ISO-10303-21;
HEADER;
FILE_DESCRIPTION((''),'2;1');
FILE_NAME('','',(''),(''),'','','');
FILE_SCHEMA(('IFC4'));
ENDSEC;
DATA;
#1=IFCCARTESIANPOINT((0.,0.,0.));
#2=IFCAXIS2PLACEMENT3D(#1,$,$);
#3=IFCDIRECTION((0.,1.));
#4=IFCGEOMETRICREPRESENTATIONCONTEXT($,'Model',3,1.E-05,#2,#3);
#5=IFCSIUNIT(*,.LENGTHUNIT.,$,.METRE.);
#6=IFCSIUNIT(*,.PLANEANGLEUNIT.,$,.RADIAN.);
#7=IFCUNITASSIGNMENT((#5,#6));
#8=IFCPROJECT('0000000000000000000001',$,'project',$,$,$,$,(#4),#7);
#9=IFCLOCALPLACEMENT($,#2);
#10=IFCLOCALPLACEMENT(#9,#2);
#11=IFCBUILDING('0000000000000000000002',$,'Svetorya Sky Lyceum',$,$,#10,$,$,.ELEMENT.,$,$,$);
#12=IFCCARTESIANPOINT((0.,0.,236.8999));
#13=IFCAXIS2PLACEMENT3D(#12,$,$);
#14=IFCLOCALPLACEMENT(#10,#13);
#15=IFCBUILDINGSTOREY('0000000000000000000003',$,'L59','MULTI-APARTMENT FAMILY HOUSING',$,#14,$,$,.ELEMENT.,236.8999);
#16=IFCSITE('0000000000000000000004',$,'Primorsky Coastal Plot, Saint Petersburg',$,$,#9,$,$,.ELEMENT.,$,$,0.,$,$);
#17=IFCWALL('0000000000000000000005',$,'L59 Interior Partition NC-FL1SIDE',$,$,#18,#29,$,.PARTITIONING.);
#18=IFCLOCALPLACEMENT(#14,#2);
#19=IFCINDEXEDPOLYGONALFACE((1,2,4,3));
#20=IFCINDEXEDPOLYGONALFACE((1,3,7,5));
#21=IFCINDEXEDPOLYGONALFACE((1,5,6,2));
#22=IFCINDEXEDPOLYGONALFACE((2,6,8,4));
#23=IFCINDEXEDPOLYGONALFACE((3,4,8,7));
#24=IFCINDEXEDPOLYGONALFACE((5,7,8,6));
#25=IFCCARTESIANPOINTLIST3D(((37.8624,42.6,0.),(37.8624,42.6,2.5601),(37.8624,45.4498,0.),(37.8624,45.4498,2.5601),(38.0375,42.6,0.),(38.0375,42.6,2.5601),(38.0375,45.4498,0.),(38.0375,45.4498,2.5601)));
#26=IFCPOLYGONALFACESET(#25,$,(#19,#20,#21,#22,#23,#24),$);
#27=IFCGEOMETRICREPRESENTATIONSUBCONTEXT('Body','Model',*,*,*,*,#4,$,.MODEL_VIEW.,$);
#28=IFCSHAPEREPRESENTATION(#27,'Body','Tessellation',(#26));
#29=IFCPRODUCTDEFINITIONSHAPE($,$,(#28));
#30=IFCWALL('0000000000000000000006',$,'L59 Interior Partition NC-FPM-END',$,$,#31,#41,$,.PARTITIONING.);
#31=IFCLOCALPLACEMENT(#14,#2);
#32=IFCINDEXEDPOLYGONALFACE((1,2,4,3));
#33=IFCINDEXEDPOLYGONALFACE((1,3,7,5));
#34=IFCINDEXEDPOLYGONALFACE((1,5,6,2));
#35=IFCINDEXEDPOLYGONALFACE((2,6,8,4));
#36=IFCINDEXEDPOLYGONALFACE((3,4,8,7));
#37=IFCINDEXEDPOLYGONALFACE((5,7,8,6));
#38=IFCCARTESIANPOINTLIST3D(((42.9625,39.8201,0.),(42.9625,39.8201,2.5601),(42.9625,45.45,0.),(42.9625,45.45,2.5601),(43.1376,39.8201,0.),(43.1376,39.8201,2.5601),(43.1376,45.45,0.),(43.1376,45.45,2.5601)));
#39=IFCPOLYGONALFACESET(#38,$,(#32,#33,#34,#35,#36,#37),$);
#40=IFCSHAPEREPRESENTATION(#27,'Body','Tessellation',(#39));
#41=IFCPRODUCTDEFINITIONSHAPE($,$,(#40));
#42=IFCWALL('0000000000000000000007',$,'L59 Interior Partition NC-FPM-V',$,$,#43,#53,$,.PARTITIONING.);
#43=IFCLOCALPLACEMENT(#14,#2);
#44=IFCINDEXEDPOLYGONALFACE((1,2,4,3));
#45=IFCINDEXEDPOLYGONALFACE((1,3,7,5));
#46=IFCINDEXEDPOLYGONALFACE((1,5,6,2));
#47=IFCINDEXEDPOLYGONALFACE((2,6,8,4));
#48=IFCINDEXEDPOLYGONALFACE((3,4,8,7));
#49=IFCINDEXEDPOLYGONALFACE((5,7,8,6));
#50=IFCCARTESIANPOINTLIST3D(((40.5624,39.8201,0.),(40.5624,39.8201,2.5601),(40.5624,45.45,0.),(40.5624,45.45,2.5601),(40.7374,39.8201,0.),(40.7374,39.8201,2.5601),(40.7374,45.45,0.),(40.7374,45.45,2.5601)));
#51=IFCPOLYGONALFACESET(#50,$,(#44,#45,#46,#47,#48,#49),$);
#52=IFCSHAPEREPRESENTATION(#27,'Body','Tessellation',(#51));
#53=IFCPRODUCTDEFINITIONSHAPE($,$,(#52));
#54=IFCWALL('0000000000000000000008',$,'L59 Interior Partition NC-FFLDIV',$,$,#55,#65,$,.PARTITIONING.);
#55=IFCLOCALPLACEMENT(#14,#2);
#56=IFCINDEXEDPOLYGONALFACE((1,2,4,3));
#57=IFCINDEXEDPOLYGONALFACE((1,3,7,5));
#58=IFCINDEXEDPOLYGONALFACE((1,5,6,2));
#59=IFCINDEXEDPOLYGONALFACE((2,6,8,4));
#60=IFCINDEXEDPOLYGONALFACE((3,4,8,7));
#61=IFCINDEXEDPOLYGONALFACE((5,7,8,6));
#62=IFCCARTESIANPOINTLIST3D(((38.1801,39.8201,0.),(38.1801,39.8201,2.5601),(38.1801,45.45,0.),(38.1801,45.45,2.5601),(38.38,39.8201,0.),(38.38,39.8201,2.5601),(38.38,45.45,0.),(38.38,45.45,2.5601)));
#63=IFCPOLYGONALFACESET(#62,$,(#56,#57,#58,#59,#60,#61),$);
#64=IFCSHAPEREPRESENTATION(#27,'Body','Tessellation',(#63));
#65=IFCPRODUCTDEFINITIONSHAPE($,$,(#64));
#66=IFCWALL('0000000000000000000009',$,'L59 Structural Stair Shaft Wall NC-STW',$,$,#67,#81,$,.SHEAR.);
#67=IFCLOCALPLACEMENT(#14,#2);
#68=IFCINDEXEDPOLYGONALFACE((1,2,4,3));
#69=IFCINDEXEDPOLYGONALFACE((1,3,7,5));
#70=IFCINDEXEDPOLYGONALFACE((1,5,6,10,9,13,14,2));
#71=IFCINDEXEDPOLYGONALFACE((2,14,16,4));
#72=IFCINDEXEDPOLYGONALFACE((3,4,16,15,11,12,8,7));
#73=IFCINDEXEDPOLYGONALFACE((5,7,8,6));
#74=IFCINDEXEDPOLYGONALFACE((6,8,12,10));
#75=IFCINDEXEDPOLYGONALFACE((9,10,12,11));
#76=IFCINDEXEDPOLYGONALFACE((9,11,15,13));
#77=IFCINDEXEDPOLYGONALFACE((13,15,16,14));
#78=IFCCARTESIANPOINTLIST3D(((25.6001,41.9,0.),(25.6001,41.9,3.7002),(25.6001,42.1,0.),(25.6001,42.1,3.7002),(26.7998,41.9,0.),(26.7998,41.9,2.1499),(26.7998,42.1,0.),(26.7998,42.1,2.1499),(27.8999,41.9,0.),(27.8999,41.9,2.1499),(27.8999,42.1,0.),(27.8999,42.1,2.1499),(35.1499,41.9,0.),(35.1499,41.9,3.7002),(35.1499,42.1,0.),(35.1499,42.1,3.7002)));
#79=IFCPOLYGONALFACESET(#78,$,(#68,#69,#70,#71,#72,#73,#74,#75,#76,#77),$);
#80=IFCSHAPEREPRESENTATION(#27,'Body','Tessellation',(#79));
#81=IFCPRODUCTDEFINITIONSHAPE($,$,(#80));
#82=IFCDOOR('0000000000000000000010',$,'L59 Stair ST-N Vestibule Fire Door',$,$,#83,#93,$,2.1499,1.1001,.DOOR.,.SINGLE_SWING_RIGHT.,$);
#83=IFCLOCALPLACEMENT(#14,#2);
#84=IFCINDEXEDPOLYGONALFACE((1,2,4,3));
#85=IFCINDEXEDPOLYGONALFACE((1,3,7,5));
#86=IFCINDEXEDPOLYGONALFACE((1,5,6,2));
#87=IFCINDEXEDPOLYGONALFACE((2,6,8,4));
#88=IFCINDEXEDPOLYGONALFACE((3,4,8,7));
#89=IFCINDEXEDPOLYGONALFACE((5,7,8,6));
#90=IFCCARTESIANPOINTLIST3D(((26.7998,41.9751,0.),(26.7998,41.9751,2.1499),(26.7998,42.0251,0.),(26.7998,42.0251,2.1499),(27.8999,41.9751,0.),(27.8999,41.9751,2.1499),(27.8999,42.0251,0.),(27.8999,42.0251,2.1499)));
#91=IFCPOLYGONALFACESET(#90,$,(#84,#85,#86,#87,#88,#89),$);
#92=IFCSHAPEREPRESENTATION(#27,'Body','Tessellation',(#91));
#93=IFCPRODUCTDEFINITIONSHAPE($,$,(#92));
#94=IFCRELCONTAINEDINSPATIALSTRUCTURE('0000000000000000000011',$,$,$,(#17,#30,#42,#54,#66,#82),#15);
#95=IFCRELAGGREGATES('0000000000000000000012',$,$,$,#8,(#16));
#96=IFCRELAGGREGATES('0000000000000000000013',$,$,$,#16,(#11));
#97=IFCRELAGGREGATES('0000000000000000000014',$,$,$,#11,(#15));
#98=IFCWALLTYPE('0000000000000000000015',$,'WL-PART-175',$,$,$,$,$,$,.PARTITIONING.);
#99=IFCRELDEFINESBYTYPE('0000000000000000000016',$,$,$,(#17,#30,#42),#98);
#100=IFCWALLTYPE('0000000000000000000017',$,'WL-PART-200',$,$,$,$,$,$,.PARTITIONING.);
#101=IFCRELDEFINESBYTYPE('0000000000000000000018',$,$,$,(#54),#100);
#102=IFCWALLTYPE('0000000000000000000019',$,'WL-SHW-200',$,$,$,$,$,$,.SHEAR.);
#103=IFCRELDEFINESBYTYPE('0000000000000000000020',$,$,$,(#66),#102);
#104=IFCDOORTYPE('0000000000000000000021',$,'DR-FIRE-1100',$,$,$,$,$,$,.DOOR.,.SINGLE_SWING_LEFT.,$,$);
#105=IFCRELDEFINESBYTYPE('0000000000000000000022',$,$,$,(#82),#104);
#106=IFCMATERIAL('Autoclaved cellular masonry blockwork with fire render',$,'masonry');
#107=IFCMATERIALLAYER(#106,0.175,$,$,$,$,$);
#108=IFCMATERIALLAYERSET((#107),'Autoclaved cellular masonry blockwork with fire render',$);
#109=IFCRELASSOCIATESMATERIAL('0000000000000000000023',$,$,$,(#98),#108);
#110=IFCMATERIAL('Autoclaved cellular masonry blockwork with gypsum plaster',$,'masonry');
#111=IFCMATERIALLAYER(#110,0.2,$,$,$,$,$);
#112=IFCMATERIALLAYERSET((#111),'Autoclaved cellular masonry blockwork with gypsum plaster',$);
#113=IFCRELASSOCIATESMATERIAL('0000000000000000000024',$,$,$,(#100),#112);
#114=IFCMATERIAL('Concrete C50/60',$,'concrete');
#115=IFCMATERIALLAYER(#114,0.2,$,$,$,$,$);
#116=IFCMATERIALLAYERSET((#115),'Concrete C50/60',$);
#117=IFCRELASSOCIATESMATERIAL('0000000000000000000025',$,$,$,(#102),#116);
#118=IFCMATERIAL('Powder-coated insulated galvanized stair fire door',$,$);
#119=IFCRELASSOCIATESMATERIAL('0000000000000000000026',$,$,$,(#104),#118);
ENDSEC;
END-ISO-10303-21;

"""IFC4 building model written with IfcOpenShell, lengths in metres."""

from ifc_helpers import new_model, si_unit, direction, frame, frame_2d, origin, place, context, subcontext, project, spatial, rectangle, extrude, material, layer, layer_set, type_object, element, fill, save


model = new_model("IFC4")

# Units and contexts
model_context = context("Model", 3, precision=1e-05, world=origin(), true_north=direction((0.0, 1.0)))
body_context = subcontext(model_context, "Body", "Model", "MODEL_VIEW")
ifc_project = project(units=[si_unit("LENGTHUNIT", "METRE"), si_unit("PLANEANGLEUNIT", "RADIAN")], contexts=[model_context])

# Site, building, storey
site_placement = place(None, origin())
site = spatial("IfcSite", under=ifc_project, at=site_placement, Name="Primorsky Coastal Plot, Saint Petersburg", CompositionType="ELEMENT", RefElevation=0.0)
building_placement = place(site_placement, origin())
building = spatial("IfcBuilding", under=site, at=building_placement, Name="Svetorya Sky Lyceum", CompositionType="ELEMENT")
storey_placement = place(building_placement, frame((0.0, 0.0, 236.8999)))
storey = spatial("IfcBuildingStorey", under=building, at=storey_placement, Name="L59", Description="MULTI-APARTMENT FAMILY HOUSING", CompositionType="ELEMENT", Elevation=236.8999)

# Shared definitions
ifc_material_1 = material(Name="Concrete C50/60", Category="concrete")

# Walls
ifc_material_2 = material(Name="Autoclaved cellular masonry blockwork with fire render", Category="masonry")
ifc_layer_1 = layer(ifc_material_2, 0.175)
ifc_layer_set_1 = layer_set([ifc_layer_1], Name="Autoclaved cellular masonry blockwork with fire render")
wall_type_1 = type_object("IfcWallType", Name="WL-PART-175", PredefinedType="PARTITIONING", material=ifc_layer_set_1)
wall_1_placement = place(storey_placement, frame((37.95, 42.6001, 0.0), z_axis=(0.0, 0.0, 1.0), x_axis=(0.0, 1.0, 0.0)))
element("IfcWall", 1, at=wall_1_placement, inside=storey, type_object=wall_type_1, Name="L59 Interior Partition NC-FL1SIDE", PredefinedType="PARTITIONING", context=body_context, shape_type="SweptSolid", body=[
    extrude(rectangle(XDim=2.8499, YDim=0.175, at=frame_2d((1.4248, 0.0))), origin(), (0.0, 0.0, 1.0), 2.5601),
])
for number, where, z_axis, x_axis, name in (
    (2, (43.05, 39.8201, 0.0), (0.0, 0.0, 1.0), (0.0, 1.0, 0.0), "L59 Interior Partition NC-FPM-END"),
    (3, (40.6499, 39.8201, 0.0), (0.0, 0.0, 1.0), (0.0, 1.0, 0.0), "L59 Interior Partition NC-FPM-V"),
):
    element("IfcWall", number, at=place(storey_placement, frame(where, z_axis=z_axis, x_axis=x_axis)), inside=storey, type_object=wall_type_1, Name=name, PredefinedType="PARTITIONING", context=body_context, shape_type="SweptSolid", body=[
        extrude(rectangle(XDim=5.6299, YDim=0.175, at=frame_2d((2.8149, 0.0))), origin(), (0.0, 0.0, 1.0), 2.5601),
    ])

# Shared definitions
ifc_material_3 = material(Name="Autoclaved cellular masonry blockwork with gypsum plaster", Category="masonry")
ifc_layer_2 = layer(ifc_material_3, 0.2)
ifc_layer_set_2 = layer_set([ifc_layer_2], Name="Autoclaved cellular masonry blockwork with gypsum plaster")
wall_type_2 = type_object("IfcWallType", Name="WL-PART-200", PredefinedType="PARTITIONING", material=ifc_layer_set_2)

# Wall
wall_2_placement = place(storey_placement, frame((38.28, 39.8201, 0.0), z_axis=(0.0, 0.0, 1.0), x_axis=(0.0, 1.0, 0.0)))
element("IfcWall", 4, at=wall_2_placement, inside=storey, type_object=wall_type_2, Name="L59 Interior Partition NC-FFLDIV", PredefinedType="PARTITIONING", context=body_context, shape_type="SweptSolid", body=[
    extrude(rectangle(XDim=5.6299, YDim=0.2, at=frame_2d((2.8149, 0.0))), origin(), (0.0, 0.0, 1.0), 2.5601),
])

# Wall, opening, door
ifc_layer_3 = layer(ifc_material_1, 0.2)
ifc_layer_set_3 = layer_set([ifc_layer_3], Name="Concrete C50/60")
wall_type_3 = type_object("IfcWallType", Name="WL-SHW-200", PredefinedType="SHEAR", material=ifc_layer_set_3)
wall_3_placement = place(storey_placement, frame((35.1499, 42.0, 0.0), z_axis=(0.0, 0.0, 1.0), x_axis=(-1.0, 0.0, 0.0)))
wall_3 = element("IfcWall", 5, at=wall_3_placement, inside=storey, type_object=wall_type_3, Name="L59 Structural Stair Shaft Wall NC-STW", PredefinedType="SHEAR", context=body_context, shape_type="SweptSolid", body=[
    extrude(rectangle(XDim=9.5498, YDim=0.2, at=frame_2d((4.7749, 0.0))), origin(), (0.0, 0.0, 1.0), 3.7002),
])
opening_1_placement = place(wall_3_placement, frame((7.25, 0.0, 0.0)))
opening_1 = element("IfcOpeningElement", 6, at=opening_1_placement, cuts=wall_3, PredefinedType="OPENING", context=body_context, shape_type="SweptSolid", body=[
    extrude(rectangle(XDim=1.1001, YDim=2.1499, at=frame_2d((0.55, 1.075))), frame((0.0, 0.1099, 0.0), z_axis=(0.0, -1.0, 0.0), x_axis=(1.0, 0.0, 0.0)), (0.0, 0.0, 1.0), 0.22),
])
ifc_material_4 = material(Name="Powder-coated insulated galvanized stair fire door")
door_type_1 = type_object("IfcDoorType", Name="DR-FIRE-1100", OperationType="SINGLE_SWING_LEFT", PredefinedType="DOOR", material=ifc_material_4)
door_1_placement = place(opening_1_placement, origin())
door_1 = element("IfcDoor", 7, at=door_1_placement, inside=storey, type_object=door_type_1, Name="L59 Stair ST-N Vestibule Fire Door", OperationType="SINGLE_SWING_RIGHT", OverallHeight=2.1499, OverallWidth=1.1001, PredefinedType="DOOR", context=body_context, shape_type="SweptSolid", body=[
    extrude(rectangle(XDim=1.1001, YDim=2.1499, at=frame_2d((0.55, 1.075))), frame((0.0, 0.0249, 0.0), z_axis=(0.0, -1.0, 0.0), x_axis=(1.0, 0.0, 0.0)), (0.0, 0.0, 1.0), 0.05),
])
fill(opening_1, door_1)

save(model, "model.ifc")
